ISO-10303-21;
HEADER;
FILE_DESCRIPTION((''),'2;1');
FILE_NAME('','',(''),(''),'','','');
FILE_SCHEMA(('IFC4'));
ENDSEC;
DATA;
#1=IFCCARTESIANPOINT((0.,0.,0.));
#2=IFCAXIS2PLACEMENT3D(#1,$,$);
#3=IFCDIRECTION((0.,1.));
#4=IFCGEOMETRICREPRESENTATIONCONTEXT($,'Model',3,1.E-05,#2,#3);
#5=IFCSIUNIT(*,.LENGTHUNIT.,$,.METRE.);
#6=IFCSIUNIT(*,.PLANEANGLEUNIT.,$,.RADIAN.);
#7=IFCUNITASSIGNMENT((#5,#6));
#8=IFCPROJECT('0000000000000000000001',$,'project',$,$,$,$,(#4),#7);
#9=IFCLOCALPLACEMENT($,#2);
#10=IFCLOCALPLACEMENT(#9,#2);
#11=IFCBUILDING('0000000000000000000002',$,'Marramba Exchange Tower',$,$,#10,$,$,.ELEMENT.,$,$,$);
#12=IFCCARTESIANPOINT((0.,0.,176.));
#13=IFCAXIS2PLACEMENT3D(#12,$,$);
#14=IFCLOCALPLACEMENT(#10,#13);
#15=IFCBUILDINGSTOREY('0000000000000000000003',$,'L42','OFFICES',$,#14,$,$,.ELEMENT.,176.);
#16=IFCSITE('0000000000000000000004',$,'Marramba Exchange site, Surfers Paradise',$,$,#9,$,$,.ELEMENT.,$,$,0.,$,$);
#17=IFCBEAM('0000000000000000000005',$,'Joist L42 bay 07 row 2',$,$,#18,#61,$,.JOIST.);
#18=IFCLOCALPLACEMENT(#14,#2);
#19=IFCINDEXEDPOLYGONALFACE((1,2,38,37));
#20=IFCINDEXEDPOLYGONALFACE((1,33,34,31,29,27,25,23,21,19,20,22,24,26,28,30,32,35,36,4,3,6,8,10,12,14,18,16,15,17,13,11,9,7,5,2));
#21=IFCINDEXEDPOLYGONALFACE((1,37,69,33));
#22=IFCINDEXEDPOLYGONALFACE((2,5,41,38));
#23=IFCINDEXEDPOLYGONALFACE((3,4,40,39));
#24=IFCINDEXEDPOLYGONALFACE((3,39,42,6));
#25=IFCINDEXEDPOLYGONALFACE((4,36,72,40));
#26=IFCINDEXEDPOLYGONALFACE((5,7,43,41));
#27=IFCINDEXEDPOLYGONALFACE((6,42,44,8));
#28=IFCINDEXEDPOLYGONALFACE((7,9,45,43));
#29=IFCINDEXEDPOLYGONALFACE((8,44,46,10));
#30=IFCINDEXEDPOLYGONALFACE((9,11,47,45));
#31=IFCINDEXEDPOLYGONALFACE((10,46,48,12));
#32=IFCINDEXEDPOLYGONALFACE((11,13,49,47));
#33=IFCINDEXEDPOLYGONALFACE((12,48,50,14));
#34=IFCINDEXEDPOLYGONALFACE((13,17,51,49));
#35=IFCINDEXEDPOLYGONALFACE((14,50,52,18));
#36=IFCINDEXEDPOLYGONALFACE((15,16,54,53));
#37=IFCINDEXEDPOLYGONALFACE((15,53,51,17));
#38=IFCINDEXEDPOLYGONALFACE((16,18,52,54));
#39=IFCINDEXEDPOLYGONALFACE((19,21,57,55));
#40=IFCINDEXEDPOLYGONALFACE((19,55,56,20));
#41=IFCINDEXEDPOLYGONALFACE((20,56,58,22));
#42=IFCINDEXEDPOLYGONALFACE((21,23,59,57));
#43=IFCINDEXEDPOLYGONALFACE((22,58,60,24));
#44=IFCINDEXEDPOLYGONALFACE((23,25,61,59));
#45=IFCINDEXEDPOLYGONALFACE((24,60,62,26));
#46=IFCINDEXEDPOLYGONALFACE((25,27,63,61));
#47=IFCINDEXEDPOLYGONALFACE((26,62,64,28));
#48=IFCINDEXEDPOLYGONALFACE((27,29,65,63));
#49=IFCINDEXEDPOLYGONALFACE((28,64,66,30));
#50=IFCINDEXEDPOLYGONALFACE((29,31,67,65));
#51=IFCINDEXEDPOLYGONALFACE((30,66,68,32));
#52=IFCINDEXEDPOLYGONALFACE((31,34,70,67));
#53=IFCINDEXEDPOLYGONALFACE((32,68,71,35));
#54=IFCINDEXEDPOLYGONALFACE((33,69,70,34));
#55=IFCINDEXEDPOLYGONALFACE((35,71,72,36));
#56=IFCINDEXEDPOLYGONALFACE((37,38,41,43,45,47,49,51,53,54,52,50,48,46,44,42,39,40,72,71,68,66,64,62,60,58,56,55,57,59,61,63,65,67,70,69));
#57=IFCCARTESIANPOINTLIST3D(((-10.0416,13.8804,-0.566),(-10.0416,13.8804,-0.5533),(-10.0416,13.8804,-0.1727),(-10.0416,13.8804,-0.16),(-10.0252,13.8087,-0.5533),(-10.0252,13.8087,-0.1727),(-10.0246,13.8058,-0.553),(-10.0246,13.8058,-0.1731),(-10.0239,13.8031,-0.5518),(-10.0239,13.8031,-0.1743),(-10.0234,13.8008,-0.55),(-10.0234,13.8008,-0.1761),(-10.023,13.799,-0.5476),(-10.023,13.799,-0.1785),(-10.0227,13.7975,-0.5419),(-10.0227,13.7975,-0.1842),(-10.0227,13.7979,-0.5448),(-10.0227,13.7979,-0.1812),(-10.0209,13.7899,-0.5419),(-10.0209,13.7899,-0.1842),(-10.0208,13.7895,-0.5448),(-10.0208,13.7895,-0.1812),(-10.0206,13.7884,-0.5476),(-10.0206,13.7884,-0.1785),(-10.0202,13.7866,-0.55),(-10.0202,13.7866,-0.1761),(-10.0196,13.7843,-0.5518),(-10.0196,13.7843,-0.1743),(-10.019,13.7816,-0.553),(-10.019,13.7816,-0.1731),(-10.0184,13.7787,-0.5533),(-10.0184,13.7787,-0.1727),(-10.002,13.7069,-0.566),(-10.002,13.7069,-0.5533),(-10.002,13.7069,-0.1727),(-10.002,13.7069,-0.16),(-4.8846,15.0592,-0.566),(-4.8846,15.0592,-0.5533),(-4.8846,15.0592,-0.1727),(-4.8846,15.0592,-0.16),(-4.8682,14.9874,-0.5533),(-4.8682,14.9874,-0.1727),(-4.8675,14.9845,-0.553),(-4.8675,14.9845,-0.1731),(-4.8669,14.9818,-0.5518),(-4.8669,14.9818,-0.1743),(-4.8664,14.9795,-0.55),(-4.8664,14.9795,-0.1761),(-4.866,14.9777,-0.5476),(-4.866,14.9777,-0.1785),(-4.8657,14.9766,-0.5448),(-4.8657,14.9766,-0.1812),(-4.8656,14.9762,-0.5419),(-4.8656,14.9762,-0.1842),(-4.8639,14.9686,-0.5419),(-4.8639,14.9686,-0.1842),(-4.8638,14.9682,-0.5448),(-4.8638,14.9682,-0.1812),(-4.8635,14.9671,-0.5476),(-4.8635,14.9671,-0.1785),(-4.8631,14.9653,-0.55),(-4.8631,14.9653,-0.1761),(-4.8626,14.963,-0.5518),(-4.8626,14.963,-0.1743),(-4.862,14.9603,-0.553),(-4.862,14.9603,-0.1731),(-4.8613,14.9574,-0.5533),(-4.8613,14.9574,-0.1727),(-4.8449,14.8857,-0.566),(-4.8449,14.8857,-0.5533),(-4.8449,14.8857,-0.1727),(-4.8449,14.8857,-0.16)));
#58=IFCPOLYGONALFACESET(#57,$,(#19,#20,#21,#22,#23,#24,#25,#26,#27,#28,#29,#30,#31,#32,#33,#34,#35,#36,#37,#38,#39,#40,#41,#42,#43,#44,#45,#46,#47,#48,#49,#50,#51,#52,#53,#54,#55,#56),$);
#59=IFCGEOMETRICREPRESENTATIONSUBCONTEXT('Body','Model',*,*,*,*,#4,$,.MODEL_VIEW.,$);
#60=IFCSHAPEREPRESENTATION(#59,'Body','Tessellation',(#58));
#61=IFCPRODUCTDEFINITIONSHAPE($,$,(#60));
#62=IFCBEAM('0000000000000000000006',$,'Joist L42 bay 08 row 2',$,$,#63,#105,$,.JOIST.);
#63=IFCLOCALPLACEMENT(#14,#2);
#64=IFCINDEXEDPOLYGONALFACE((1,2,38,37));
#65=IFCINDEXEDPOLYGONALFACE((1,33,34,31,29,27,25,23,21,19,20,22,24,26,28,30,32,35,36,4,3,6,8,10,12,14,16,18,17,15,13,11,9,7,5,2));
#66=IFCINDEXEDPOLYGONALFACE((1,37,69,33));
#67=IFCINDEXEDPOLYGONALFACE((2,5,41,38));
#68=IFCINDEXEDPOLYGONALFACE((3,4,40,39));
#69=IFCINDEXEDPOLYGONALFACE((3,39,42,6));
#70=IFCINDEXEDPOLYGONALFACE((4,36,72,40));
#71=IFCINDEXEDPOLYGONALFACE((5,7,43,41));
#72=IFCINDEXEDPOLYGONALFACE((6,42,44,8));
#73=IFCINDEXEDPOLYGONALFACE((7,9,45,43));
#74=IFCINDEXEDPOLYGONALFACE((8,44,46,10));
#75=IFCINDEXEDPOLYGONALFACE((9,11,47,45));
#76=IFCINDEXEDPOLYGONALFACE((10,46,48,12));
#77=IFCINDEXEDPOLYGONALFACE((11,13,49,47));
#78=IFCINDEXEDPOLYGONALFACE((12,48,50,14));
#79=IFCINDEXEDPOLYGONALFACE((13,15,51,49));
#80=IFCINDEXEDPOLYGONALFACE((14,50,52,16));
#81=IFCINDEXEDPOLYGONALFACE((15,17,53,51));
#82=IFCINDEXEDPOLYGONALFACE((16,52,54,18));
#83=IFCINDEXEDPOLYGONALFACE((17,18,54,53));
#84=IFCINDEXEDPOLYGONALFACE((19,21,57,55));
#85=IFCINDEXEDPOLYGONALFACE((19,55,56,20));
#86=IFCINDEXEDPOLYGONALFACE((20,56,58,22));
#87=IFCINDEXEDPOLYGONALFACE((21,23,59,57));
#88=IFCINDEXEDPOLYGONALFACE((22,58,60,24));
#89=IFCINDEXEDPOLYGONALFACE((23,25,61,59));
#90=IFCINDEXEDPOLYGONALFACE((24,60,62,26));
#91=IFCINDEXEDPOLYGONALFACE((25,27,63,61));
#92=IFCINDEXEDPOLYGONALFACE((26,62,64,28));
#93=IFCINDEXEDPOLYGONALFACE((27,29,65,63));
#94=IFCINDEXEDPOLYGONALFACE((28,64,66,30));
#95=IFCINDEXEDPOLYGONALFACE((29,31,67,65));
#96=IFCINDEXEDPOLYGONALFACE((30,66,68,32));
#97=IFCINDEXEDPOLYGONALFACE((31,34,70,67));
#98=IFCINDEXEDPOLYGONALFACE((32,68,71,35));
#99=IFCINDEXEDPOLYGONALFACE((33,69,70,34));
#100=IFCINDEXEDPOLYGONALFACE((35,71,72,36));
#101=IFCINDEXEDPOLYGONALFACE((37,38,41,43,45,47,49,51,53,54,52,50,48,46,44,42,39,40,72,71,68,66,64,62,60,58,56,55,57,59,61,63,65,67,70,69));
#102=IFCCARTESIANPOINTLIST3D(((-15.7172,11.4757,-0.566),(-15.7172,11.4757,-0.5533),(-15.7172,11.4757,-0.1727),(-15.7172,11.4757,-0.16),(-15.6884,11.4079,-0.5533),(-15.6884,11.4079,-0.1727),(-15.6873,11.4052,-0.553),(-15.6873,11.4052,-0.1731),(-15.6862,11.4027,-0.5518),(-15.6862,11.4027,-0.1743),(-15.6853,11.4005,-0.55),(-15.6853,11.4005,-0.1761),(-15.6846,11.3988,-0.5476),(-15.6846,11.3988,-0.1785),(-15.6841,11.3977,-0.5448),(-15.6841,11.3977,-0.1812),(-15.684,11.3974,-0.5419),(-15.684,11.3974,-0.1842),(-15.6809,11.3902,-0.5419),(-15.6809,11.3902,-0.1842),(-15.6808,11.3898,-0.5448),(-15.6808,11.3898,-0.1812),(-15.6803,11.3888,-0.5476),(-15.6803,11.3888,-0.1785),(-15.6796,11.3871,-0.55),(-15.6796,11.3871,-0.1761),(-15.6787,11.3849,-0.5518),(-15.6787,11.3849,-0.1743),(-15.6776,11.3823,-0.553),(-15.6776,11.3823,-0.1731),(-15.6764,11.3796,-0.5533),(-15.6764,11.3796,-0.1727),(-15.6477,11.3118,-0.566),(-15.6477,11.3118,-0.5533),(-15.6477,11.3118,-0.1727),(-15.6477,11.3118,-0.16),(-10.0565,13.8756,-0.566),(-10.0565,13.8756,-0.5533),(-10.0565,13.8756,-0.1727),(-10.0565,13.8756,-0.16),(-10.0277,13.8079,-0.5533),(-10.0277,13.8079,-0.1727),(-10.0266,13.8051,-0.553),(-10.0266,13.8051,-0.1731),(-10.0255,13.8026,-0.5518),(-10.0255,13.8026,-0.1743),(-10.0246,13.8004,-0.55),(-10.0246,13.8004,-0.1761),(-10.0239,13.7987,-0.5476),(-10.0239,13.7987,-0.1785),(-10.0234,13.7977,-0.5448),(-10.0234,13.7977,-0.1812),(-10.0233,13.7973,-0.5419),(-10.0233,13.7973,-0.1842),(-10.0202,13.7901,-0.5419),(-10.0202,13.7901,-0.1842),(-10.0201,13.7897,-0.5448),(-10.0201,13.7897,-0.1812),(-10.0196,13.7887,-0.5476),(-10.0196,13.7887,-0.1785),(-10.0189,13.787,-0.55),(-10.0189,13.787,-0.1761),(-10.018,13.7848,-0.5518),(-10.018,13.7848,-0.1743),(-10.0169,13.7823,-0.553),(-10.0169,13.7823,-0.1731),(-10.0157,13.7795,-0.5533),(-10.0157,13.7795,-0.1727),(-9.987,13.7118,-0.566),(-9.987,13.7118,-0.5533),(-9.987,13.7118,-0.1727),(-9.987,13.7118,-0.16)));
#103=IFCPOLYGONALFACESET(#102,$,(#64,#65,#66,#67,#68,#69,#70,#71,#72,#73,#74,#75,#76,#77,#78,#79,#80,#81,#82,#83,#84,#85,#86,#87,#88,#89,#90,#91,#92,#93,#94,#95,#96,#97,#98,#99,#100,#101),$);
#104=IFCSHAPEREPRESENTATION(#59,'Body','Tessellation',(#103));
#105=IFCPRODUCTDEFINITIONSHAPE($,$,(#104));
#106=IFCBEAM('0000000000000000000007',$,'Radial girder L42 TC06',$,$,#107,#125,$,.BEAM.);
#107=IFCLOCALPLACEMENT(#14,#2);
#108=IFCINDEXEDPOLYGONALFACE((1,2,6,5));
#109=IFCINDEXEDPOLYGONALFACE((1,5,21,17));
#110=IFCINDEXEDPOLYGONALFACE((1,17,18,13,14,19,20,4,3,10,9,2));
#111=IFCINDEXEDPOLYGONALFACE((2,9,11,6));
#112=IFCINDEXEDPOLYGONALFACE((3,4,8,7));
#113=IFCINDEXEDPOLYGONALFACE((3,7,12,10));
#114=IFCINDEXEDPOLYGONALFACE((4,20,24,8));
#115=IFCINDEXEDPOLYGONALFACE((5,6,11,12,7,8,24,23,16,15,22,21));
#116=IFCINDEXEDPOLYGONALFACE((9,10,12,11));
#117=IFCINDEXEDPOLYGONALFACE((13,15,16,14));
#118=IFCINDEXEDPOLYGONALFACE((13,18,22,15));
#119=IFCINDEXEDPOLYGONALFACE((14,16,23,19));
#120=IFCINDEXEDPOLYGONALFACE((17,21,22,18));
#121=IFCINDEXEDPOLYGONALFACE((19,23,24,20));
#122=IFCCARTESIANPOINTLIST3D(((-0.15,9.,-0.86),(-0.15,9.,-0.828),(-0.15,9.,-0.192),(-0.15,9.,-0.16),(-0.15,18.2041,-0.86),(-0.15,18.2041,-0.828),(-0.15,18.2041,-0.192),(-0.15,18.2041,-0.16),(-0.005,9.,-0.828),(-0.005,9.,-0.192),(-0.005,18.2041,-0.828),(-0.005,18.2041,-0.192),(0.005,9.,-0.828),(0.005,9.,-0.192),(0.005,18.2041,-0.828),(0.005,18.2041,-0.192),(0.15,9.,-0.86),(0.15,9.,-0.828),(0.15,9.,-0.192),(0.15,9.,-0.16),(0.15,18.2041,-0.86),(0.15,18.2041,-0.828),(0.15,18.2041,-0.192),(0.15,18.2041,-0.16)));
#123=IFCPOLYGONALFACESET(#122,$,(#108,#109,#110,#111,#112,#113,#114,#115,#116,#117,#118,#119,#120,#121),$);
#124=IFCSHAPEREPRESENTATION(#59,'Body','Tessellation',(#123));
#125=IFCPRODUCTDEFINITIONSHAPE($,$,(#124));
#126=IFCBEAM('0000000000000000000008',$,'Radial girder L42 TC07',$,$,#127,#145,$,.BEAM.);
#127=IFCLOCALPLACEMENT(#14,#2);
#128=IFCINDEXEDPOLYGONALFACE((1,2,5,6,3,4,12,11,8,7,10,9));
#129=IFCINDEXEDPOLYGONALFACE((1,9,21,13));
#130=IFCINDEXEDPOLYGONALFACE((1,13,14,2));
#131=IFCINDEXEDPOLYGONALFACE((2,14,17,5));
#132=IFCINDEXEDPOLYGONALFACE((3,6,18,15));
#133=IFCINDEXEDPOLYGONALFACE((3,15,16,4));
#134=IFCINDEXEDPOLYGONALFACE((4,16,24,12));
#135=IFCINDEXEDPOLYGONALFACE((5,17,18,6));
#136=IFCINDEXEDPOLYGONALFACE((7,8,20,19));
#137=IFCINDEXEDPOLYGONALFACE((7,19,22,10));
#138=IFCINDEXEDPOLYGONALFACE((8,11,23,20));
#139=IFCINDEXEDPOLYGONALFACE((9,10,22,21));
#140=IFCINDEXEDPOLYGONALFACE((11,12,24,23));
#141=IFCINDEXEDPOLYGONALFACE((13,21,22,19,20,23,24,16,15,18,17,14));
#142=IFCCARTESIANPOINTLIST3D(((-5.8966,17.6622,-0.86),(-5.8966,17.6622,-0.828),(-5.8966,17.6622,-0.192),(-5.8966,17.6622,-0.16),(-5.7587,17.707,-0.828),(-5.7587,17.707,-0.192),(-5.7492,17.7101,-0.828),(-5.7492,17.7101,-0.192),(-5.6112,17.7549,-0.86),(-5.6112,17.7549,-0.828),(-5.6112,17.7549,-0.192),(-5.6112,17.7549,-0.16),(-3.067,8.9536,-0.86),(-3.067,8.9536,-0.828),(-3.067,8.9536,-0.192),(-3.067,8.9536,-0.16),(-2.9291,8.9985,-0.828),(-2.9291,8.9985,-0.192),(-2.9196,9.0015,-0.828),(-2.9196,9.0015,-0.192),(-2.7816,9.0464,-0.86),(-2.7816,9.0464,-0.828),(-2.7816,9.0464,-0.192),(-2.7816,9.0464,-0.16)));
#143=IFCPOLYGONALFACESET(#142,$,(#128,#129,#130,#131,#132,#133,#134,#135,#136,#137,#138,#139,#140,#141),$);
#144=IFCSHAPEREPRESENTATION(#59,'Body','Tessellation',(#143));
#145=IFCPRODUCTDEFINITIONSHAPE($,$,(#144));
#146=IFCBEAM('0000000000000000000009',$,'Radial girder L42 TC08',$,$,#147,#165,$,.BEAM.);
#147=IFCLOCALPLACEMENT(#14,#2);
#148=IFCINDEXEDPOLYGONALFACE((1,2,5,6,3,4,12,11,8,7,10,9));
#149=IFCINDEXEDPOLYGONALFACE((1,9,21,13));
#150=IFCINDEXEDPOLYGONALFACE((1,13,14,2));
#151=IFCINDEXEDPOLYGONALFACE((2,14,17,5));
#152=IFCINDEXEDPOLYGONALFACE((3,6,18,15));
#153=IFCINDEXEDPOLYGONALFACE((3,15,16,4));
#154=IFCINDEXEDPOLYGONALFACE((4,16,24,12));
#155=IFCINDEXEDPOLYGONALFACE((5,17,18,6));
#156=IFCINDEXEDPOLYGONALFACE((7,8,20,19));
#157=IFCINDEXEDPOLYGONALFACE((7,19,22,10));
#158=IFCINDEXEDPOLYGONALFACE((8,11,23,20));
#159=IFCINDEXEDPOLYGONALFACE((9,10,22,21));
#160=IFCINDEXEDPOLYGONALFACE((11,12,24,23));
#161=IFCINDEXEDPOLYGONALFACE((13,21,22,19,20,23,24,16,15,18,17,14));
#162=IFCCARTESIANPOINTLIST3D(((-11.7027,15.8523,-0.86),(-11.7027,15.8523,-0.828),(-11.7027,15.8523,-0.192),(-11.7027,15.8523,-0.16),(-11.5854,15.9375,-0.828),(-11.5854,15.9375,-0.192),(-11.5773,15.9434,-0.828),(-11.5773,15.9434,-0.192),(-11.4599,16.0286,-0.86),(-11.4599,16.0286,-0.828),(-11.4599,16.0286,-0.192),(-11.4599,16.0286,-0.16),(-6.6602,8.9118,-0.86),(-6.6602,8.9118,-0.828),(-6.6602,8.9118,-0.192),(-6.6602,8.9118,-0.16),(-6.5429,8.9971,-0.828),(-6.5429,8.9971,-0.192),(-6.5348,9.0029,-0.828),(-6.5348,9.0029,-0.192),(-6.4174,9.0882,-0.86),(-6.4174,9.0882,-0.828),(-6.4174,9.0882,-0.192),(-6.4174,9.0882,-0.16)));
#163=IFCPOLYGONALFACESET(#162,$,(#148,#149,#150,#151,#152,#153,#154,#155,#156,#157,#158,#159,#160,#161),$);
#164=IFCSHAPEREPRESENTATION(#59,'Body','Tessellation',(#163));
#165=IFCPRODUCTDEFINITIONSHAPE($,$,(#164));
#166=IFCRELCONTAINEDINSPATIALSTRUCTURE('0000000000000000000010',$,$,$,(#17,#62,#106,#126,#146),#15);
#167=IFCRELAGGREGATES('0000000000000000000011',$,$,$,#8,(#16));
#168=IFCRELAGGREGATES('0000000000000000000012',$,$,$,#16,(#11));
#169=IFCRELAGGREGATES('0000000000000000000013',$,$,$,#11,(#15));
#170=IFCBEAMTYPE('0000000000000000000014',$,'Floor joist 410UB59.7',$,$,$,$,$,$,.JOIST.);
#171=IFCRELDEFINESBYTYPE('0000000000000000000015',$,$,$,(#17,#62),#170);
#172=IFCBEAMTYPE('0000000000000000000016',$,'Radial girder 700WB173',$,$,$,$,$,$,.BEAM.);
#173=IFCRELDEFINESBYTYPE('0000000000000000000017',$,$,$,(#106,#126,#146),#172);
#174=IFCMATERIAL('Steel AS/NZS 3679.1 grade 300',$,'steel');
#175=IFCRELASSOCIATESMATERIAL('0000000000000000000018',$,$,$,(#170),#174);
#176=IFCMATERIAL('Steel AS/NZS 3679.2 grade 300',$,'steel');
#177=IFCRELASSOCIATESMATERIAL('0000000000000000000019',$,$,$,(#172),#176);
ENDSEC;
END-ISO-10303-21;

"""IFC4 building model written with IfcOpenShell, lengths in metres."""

from ifc_helpers import new_model, si_unit, direction, frame, origin, origin_2d, place, context, subcontext, project, spatial, i_section, extrude, material, material_profile, profile_set, type_object, element, save


model = new_model("IFC4")

# Units and contexts
model_context = context("Model", 3, precision=1e-05, world=origin(), true_north=direction((0.0, 1.0)))
body_context = subcontext(model_context, "Body", "Model", "MODEL_VIEW")
ifc_project = project(units=[si_unit("LENGTHUNIT", "METRE"), si_unit("PLANEANGLEUNIT", "RADIAN")], contexts=[model_context])

# Site, building, storey
site_placement = place(None, origin())
site = spatial("IfcSite", under=ifc_project, at=site_placement, Name="Marramba Exchange site, Surfers Paradise", CompositionType="ELEMENT", RefElevation=0.0)
building_placement = place(site_placement, origin())
building = spatial("IfcBuilding", under=site, at=building_placement, Name="Marramba Exchange Tower", CompositionType="ELEMENT")
storey_placement = place(building_placement, frame((0.0, 0.0, 176.0)))
storey = spatial("IfcBuildingStorey", under=building, at=storey_placement, Name="L42", Description="OFFICES", CompositionType="ELEMENT", Elevation=176.0)

# Beams
ifc_material_1 = material(Name="Steel AS/NZS 3679.1 grade 300", Category="steel")
ifc_material_profile_1 = material_profile(ifc_material_1, i_section(OverallWidth=0.178, OverallDepth=0.406, WebThickness=0.0078, FlangeThickness=0.0127, FilletRadius=0.0115, at=origin_2d()), Name="410UB59.7")
ifc_profile_set_1 = profile_set([ifc_material_profile_1], Name="Steel AS/NZS 3679.1 grade 300")
beam_type_1 = type_object("IfcBeamType", Name="Floor joist 410UB59.7", PredefinedType="JOIST", material=ifc_profile_set_1)
beam_1_placement = place(storey_placement, frame((-4.8647, 14.9724, -0.363), z_axis=(-0.97486, -0.22282, 0.0), x_axis=(0.22282, -0.97486, 0.0)))
element("IfcBeam", 1, at=beam_1_placement, inside=storey, type_object=beam_type_1, Name="Joist L42 bay 07 row 2", PredefinedType="JOIST", context=body_context, shape_type="SweptSolid", body=[
    extrude(i_section(OverallWidth=0.178, OverallDepth=0.406, WebThickness=0.0078, FlangeThickness=0.0127, FilletRadius=0.0115, at=origin_2d()), origin(), (0.0, 0.0, 1.0), 5.29),
])
beam_2_placement = place(storey_placement, frame((-10.0217, 13.7937, -0.363), z_axis=(-0.920674, -0.390332, 0.0), x_axis=(0.390332, -0.920674, 0.0)))
element("IfcBeam", 2, at=beam_2_placement, inside=storey, type_object=beam_type_1, Name="Joist L42 bay 08 row 2", PredefinedType="JOIST", context=body_context, shape_type="SweptSolid", body=[
    extrude(i_section(OverallWidth=0.178, OverallDepth=0.406, WebThickness=0.0078, FlangeThickness=0.0127, FilletRadius=0.0115, at=origin_2d()), origin(), (0.0, 0.0, 1.0), 6.1484),
])
ifc_material_2 = material(Name="Steel AS/NZS 3679.2 grade 300", Category="steel")
ifc_material_profile_2 = material_profile(ifc_material_2, i_section(OverallWidth=0.3, OverallDepth=0.7, WebThickness=0.01, FlangeThickness=0.032, at=origin_2d()), Name="700WB173")
ifc_profile_set_2 = profile_set([ifc_material_profile_2], Name="Steel AS/NZS 3679.2 grade 300")
beam_type_2 = type_object("IfcBeamType", Name="Radial girder 700WB173", PredefinedType="BEAM", material=ifc_profile_set_2)
beam_3_placement = place(storey_placement, frame((0.0, 9.0, -0.51), z_axis=(0.0, 1.0, 0.0), x_axis=(-1.0, 0.0, 0.0)))
element("IfcBeam", 3, at=beam_3_placement, inside=storey, type_object=beam_type_2, Name="Radial girder L42 TC06", PredefinedType="BEAM", context=body_context, shape_type="SweptSolid", body=[
    extrude(i_section(OverallWidth=0.3, OverallDepth=0.7, WebThickness=0.01, FlangeThickness=0.032, at=origin_2d()), origin(), (0.0, 0.0, 1.0), 9.2041),
])
beam_4_placement = place(storey_placement, frame((-2.9243, 9.0, -0.51), z_axis=(-0.30902, 0.951056, 0.0), x_axis=(-0.951056, -0.30902, 0.0)))
element("IfcBeam", 4, at=beam_4_placement, inside=storey, type_object=beam_type_2, Name="Radial girder L42 TC07", PredefinedType="BEAM", context=body_context, shape_type="SweptSolid", body=[
    extrude(i_section(OverallWidth=0.3, OverallDepth=0.7, WebThickness=0.01, FlangeThickness=0.032, at=origin_2d()), origin(), (0.0, 0.0, 1.0), 9.1567),
])
beam_5_placement = place(storey_placement, frame((-6.5388, 9.0, -0.51), z_axis=(-0.587782, 0.809019, 0.0), x_axis=(-0.809019, -0.587782, 0.0)))
element("IfcBeam", 5, at=beam_5_placement, inside=storey, type_object=beam_type_2, Name="Radial girder L42 TC08", PredefinedType="BEAM", context=body_context, shape_type="SweptSolid", body=[
    extrude(i_section(OverallWidth=0.3, OverallDepth=0.7, WebThickness=0.01, FlangeThickness=0.032, at=origin_2d()), origin(), (0.0, 0.0, 1.0), 8.5789),
])

save(model, "model.ifc")
